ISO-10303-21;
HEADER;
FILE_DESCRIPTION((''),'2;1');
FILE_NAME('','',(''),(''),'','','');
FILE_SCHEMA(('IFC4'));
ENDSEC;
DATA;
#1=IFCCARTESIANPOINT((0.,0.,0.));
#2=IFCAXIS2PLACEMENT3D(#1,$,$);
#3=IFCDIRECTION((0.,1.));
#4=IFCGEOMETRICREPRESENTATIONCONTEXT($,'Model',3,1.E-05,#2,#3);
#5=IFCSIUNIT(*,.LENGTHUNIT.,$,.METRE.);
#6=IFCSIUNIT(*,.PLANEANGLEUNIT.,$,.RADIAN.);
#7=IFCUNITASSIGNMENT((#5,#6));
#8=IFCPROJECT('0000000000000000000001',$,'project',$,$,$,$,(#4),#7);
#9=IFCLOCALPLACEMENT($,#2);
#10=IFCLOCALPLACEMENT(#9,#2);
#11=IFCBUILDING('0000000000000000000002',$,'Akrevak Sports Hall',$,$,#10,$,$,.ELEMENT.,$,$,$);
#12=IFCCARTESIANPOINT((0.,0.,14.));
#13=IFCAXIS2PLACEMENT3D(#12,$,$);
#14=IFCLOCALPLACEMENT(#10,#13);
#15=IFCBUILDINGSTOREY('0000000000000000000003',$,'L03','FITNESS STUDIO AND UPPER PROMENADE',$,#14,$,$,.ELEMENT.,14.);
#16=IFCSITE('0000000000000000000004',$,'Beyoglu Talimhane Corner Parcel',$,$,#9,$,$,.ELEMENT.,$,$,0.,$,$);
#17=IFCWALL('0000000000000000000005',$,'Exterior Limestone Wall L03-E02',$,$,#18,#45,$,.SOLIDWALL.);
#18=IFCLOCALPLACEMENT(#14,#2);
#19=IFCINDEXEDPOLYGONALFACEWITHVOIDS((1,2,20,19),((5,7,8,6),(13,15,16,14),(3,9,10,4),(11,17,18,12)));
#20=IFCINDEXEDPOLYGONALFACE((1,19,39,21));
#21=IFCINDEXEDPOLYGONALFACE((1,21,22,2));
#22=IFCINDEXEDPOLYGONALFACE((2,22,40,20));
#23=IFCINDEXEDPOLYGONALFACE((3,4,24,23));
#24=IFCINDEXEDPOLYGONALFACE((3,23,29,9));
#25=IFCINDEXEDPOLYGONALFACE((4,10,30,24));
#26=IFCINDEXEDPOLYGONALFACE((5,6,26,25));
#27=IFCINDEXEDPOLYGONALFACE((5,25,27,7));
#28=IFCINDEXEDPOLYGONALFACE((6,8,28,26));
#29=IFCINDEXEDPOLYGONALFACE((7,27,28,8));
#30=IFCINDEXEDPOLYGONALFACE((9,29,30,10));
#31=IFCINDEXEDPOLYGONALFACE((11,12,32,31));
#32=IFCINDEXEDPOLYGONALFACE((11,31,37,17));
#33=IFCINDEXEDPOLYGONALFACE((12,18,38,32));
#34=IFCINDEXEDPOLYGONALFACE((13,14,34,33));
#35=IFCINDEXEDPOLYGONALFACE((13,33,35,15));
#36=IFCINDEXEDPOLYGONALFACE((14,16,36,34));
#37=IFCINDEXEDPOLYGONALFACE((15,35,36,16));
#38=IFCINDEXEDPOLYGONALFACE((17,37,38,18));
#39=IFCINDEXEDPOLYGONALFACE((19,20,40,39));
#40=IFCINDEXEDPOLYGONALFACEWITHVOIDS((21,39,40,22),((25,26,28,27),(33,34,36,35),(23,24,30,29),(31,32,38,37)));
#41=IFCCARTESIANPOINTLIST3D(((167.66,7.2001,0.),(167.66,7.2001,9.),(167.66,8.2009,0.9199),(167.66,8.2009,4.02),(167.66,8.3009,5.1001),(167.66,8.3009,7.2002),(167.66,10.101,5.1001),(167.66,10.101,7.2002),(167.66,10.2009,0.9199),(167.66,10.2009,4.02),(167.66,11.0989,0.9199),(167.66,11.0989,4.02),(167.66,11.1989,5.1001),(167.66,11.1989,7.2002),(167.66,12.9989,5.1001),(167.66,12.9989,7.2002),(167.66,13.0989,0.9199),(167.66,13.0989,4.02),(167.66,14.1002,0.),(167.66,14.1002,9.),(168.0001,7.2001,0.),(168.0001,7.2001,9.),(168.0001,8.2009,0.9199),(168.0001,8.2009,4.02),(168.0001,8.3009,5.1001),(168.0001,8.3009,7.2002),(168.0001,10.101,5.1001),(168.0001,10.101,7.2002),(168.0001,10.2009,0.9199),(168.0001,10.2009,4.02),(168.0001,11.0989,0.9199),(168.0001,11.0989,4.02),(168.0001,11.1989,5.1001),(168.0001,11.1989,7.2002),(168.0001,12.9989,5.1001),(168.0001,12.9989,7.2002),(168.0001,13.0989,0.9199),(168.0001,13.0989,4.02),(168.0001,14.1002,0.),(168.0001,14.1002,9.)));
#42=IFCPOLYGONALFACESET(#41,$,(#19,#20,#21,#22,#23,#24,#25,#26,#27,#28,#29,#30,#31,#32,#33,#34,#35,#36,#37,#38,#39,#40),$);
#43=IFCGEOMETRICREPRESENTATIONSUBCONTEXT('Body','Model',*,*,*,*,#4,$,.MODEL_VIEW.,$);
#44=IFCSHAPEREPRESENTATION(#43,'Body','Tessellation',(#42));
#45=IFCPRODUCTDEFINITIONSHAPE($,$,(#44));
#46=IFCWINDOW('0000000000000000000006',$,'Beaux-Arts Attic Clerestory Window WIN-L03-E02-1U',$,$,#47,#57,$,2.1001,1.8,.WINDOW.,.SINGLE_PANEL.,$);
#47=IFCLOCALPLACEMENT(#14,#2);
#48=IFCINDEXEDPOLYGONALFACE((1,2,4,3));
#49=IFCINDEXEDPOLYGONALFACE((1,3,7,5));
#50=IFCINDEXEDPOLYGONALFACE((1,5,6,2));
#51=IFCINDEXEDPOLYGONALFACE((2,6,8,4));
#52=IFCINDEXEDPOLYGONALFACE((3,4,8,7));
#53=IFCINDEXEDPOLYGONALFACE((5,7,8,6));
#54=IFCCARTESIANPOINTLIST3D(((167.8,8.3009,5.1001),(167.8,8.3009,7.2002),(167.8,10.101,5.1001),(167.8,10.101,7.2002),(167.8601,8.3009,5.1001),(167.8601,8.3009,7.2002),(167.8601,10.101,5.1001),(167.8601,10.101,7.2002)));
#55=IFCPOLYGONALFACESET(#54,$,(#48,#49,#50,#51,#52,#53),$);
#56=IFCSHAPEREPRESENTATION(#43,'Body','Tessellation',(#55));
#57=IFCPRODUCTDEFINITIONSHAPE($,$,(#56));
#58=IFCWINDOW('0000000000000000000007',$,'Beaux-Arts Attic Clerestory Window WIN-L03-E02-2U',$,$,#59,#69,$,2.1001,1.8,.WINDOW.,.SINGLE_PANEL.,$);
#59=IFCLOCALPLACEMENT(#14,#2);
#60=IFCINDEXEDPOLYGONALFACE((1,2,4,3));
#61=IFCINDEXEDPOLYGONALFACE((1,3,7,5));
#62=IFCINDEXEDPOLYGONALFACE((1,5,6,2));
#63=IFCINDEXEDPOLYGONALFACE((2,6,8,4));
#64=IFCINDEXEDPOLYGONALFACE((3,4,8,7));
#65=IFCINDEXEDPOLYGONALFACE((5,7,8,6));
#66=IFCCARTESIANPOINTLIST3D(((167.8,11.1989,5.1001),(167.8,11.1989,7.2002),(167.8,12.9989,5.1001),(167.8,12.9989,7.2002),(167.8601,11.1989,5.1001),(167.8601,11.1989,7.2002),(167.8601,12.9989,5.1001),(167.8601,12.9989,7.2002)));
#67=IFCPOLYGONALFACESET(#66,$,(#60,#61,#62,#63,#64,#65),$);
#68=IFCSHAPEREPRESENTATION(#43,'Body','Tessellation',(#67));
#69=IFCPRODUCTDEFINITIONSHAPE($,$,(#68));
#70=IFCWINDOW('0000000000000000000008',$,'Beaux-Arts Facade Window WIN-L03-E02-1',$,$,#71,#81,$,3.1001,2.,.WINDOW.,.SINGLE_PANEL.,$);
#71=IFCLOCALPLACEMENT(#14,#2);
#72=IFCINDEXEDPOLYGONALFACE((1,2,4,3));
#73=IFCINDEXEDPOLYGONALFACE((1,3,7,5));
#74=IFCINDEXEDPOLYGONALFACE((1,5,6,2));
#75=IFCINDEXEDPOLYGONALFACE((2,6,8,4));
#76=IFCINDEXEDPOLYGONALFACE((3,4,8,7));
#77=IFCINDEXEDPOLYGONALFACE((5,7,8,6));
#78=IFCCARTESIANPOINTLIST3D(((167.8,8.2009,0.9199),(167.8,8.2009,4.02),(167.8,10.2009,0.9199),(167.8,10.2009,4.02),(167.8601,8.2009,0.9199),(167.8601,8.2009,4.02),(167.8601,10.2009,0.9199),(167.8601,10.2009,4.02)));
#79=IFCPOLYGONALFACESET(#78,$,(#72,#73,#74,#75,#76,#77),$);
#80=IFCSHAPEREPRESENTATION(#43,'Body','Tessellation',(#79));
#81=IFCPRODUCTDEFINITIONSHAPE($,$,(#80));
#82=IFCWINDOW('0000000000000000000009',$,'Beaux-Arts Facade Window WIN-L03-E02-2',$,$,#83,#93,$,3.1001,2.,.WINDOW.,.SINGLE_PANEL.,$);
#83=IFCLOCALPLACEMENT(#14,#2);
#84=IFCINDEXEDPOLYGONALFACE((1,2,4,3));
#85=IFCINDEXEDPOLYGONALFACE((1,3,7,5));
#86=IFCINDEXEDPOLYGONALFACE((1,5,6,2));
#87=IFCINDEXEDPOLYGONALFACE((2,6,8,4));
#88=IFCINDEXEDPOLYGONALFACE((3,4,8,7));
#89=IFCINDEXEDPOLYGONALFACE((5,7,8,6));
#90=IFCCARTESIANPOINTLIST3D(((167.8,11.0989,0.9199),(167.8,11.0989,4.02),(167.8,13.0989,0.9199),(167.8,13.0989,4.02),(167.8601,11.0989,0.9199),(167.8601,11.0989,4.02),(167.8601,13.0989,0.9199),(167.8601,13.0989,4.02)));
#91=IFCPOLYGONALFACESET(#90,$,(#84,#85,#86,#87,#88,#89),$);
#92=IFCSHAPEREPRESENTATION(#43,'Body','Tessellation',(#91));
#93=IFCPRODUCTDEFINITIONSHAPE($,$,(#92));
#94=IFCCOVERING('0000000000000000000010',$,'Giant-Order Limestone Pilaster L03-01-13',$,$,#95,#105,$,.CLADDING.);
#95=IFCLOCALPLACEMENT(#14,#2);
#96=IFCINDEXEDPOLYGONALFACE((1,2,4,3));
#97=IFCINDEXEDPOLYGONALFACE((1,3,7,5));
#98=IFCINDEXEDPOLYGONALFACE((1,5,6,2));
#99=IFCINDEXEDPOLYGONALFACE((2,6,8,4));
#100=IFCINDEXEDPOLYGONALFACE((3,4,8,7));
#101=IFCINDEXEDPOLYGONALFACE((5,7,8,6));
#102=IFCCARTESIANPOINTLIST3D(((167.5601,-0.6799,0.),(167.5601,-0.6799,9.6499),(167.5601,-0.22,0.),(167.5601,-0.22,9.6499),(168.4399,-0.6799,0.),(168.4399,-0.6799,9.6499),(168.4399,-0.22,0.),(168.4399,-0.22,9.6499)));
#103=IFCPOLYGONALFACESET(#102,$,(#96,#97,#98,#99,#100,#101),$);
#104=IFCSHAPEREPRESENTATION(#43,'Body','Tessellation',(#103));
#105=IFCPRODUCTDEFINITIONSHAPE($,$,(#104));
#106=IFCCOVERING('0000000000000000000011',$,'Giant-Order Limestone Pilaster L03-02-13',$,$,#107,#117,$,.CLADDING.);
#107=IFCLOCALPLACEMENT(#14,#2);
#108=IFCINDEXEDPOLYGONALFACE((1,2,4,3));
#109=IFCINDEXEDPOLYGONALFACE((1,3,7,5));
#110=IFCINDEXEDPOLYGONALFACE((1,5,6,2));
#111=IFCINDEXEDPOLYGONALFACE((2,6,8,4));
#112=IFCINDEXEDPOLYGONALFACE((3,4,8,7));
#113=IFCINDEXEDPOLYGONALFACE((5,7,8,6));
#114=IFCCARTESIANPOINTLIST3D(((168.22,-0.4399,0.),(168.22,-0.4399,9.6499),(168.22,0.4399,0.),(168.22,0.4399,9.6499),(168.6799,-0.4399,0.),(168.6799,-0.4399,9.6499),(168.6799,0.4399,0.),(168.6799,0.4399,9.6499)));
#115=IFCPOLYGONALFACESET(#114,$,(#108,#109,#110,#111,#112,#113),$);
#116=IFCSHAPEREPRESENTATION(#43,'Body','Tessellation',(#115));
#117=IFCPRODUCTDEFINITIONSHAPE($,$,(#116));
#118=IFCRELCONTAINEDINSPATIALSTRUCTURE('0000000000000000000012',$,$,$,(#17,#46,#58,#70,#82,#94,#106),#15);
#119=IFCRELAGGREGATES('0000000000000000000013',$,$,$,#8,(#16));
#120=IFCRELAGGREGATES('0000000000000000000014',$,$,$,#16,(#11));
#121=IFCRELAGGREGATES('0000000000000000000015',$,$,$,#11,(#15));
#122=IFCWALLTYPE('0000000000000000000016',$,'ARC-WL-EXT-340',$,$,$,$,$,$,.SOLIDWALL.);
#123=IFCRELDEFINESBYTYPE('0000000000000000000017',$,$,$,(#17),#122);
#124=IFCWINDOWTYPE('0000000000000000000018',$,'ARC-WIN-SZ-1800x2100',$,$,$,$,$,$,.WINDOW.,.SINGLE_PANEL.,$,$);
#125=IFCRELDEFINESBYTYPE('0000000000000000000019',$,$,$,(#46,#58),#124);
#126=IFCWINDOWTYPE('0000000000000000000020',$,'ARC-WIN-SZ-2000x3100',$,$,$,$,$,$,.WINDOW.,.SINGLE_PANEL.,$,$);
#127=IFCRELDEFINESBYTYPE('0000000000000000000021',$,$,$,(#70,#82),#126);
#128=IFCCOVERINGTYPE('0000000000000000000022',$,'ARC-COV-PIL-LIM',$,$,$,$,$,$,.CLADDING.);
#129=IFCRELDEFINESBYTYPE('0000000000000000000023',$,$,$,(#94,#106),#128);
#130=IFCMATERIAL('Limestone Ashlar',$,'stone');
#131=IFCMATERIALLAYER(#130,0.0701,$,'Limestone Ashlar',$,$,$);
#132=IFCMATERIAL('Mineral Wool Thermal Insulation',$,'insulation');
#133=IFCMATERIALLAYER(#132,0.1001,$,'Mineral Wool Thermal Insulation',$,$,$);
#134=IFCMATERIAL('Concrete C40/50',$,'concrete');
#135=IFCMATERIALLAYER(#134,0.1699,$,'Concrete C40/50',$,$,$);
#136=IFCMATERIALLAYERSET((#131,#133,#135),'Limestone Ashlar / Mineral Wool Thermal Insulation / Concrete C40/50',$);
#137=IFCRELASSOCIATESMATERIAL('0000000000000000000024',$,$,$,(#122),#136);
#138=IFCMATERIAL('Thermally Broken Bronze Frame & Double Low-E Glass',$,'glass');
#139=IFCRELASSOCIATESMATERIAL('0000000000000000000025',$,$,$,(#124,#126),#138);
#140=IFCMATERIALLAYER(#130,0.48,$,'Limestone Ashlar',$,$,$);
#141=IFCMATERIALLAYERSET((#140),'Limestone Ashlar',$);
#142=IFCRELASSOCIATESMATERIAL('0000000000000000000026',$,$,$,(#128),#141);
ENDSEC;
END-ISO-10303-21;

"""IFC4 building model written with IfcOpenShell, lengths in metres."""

from ifc_helpers import new_model, si_unit, direction, frame, frame_2d, origin, origin_2d, place, context, subcontext, project, spatial, rectangle, extrude, material, layer, layer_set, type_object, element, fill, save


model = new_model("IFC4")

# Units and contexts
model_context = context("Model", 3, precision=1e-05, world=origin(), true_north=direction((0.0, 1.0)))
body_context = subcontext(model_context, "Body", "Model", "MODEL_VIEW")
ifc_project = project(units=[si_unit("LENGTHUNIT", "METRE"), si_unit("PLANEANGLEUNIT", "RADIAN")], contexts=[model_context])

# Site, building, storey
site_placement = place(None, origin())
site = spatial("IfcSite", under=ifc_project, at=site_placement, Name="Beyoglu Talimhane Corner Parcel", CompositionType="ELEMENT", RefElevation=0.0)
building_placement = place(site_placement, origin())
building = spatial("IfcBuilding", under=site, at=building_placement, Name="Akrevak Sports Hall", CompositionType="ELEMENT")
storey_placement = place(building_placement, frame((0.0, 0.0, 14.0)))
storey = spatial("IfcBuildingStorey", under=building, at=storey_placement, Name="L03", Description="FITNESS STUDIO AND UPPER PROMENADE", CompositionType="ELEMENT", Elevation=14.0)

# Shared definitions
ifc_material_1 = material(Name="Concrete C40/50", Category="concrete")

# Wall, openings, windows
ifc_material_2 = material(Name="Limestone Ashlar", Category="stone")
ifc_layer_1 = layer(ifc_material_2, 0.0701, Name="Limestone Ashlar")
ifc_material_3 = material(Name="Mineral Wool Thermal Insulation", Category="insulation")
ifc_layer_2 = layer(ifc_material_3, 0.1001, Name="Mineral Wool Thermal Insulation")
ifc_layer_3 = layer(ifc_material_1, 0.1699, Name="Concrete C40/50")
ifc_layer_set_1 = layer_set([ifc_layer_1, ifc_layer_2, ifc_layer_3], Name="Limestone Ashlar / Mineral Wool Thermal Insulation / Concrete C40/50")
wall_type = type_object("IfcWallType", Name="ARC-WL-EXT-340", PredefinedType="SOLIDWALL", material=ifc_layer_set_1)
ifc_material_4 = material(Name="Thermally Broken Bronze Frame & Double Low-E Glass", Category="glass")
window_type_1 = type_object("IfcWindowType", Name="ARC-WIN-SZ-1800x2100", PartitioningType="SINGLE_PANEL", PredefinedType="WINDOW", material=ifc_material_4)
window_type_2 = type_object("IfcWindowType", Name="ARC-WIN-SZ-2000x3100", PartitioningType="SINGLE_PANEL", PredefinedType="WINDOW", material=ifc_material_4)
wall_1_placement = place(storey_placement, frame((167.8301, 7.2, 0.0), z_axis=(0.0, 0.0, 1.0), x_axis=(0.0, 1.0, 0.0)))
wall_1 = element("IfcWall", 1, at=wall_1_placement, inside=storey, type_object=wall_type, Name="Exterior Limestone Wall L03-E02", PredefinedType="SOLIDWALL", context=body_context, shape_type="SweptSolid", body=[
    extrude(rectangle(XDim=6.9001, YDim=0.3401, at=frame_2d((3.4502, 0.0))), origin(), (0.0, 0.0, 1.0), 9.0),
])
opening_1_placement = place(wall_1_placement, frame((1.001, 0.0, 0.9199)))
opening_1 = element("IfcOpeningElement", 2, at=opening_1_placement, cuts=wall_1, PredefinedType="OPENING", context=body_context, shape_type="SweptSolid", body=[
    extrude(rectangle(XDim=2.0, YDim=3.1001, at=frame_2d((1.0, 1.55))), frame((0.0, 0.1821, 0.0), z_axis=(0.0, -1.0, 0.0), x_axis=(1.0, 0.0, 0.0)), (0.0, 0.0, 1.0), 0.364),
])
opening_2_placement = place(wall_1_placement, frame((1.1011, 0.0, 5.1001)))
opening_2 = element("IfcOpeningElement", 3, at=opening_2_placement, cuts=wall_1, PredefinedType="OPENING", context=body_context, shape_type="SweptSolid", body=[
    extrude(rectangle(XDim=1.8, YDim=2.1001, at=frame_2d((0.8999, 1.05))), frame((0.0, 0.1821, 0.0), z_axis=(0.0, -1.0, 0.0), x_axis=(1.0, 0.0, 0.0)), (0.0, 0.0, 1.0), 0.364),
])
opening_3_placement = place(wall_1_placement, frame((3.8989, 0.0, 0.9199)))
opening_3 = element("IfcOpeningElement", 4, at=opening_3_placement, cuts=wall_1, PredefinedType="OPENING", context=body_context, shape_type="SweptSolid", body=[
    extrude(rectangle(XDim=2.0, YDim=3.1001, at=frame_2d((1.0, 1.55))), frame((0.0, 0.1821, 0.0), z_axis=(0.0, -1.0, 0.0), x_axis=(1.0, 0.0, 0.0)), (0.0, 0.0, 1.0), 0.364),
])
opening_4_placement = place(wall_1_placement, frame((3.999, 0.0, 5.1001)))
opening_4 = element("IfcOpeningElement", 5, at=opening_4_placement, cuts=wall_1, PredefinedType="OPENING", context=body_context, shape_type="SweptSolid", body=[
    extrude(rectangle(XDim=1.8, YDim=2.1001, at=frame_2d((0.8999, 1.05))), frame((0.0, 0.1821, 0.0), z_axis=(0.0, -1.0, 0.0), x_axis=(1.0, 0.0, 0.0)), (0.0, 0.0, 1.0), 0.364),
])
window_1_placement = place(opening_2_placement, origin())
window_1 = element("IfcWindow", 6, at=window_1_placement, inside=storey, type_object=window_type_1, Name="Beaux-Arts Attic Clerestory Window WIN-L03-E02-1U", OverallHeight=2.1001, OverallWidth=1.8, PartitioningType="SINGLE_PANEL", PredefinedType="WINDOW", context=body_context, shape_type="SweptSolid", body=[
    extrude(rectangle(XDim=1.8, YDim=2.1001, at=frame_2d((0.8999, 1.05))), frame((0.0, 0.03, 0.0), z_axis=(0.0, -1.0, 0.0), x_axis=(1.0, 0.0, 0.0)), (0.0, 0.0, 1.0), 0.0601),
])
fill(opening_2, window_1)
window_2_placement = place(opening_4_placement, origin())
window_2 = element("IfcWindow", 7, at=window_2_placement, inside=storey, type_object=window_type_1, Name="Beaux-Arts Attic Clerestory Window WIN-L03-E02-2U", OverallHeight=2.1001, OverallWidth=1.8, PartitioningType="SINGLE_PANEL", PredefinedType="WINDOW", context=body_context, shape_type="SweptSolid", body=[
    extrude(rectangle(XDim=1.8, YDim=2.1001, at=frame_2d((0.8999, 1.05))), frame((0.0, 0.03, 0.0), z_axis=(0.0, -1.0, 0.0), x_axis=(1.0, 0.0, 0.0)), (0.0, 0.0, 1.0), 0.0601),
])
fill(opening_4, window_2)
window_3_placement = place(opening_1_placement, origin())
window_3 = element("IfcWindow", 8, at=window_3_placement, inside=storey, type_object=window_type_2, Name="Beaux-Arts Facade Window WIN-L03-E02-1", OverallHeight=3.1001, OverallWidth=2.0, PartitioningType="SINGLE_PANEL", PredefinedType="WINDOW", context=body_context, shape_type="SweptSolid", body=[
    extrude(rectangle(XDim=2.0, YDim=3.1001, at=frame_2d((1.0, 1.55))), frame((0.0, 0.03, 0.0), z_axis=(0.0, -1.0, 0.0), x_axis=(1.0, 0.0, 0.0)), (0.0, 0.0, 1.0), 0.0601),
])
fill(opening_1, window_3)
window_4_placement = place(opening_3_placement, origin())
window_4 = element("IfcWindow", 9, at=window_4_placement, inside=storey, type_object=window_type_2, Name="Beaux-Arts Facade Window WIN-L03-E02-2", OverallHeight=3.1001, OverallWidth=2.0, PartitioningType="SINGLE_PANEL", PredefinedType="WINDOW", context=body_context, shape_type="SweptSolid", body=[
    extrude(rectangle(XDim=2.0, YDim=3.1001, at=frame_2d((1.0, 1.55))), frame((0.0, 0.03, 0.0), z_axis=(0.0, -1.0, 0.0), x_axis=(1.0, 0.0, 0.0)), (0.0, 0.0, 1.0), 0.0601),
])
fill(opening_3, window_4)

# Coverings
ifc_layer_4 = layer(ifc_material_2, 0.48, Name="Limestone Ashlar")
ifc_layer_set_2 = layer_set([ifc_layer_4], Name="Limestone Ashlar")
covering_type = type_object("IfcCoveringType", Name="ARC-COV-PIL-LIM", PredefinedType="CLADDING", material=ifc_layer_set_2)
for number, where, z_axis, x_axis, name in (
    (10, (168.0, -0.45, 0.0), (0.0, 0.0, 1.0), (1.0, 0.0, 0.0), "Giant-Order Limestone Pilaster L03-01-13"),
    (11, (168.45, 0.0, 0.0), (0.0, 0.0, 1.0), (0.0, 1.0, 0.0), "Giant-Order Limestone Pilaster L03-02-13"),
):
    element("IfcCovering", number, at=place(storey_placement, frame(where, z_axis=z_axis, x_axis=x_axis)), inside=storey, type_object=covering_type, Name=name, PredefinedType="CLADDING", context=body_context, shape_type="SweptSolid", body=[
        extrude(rectangle(XDim=0.8799, YDim=0.46, at=origin_2d()), origin(), (0.0, 0.0, 1.0), 9.6499),
    ])

save(model, "model.ifc")
